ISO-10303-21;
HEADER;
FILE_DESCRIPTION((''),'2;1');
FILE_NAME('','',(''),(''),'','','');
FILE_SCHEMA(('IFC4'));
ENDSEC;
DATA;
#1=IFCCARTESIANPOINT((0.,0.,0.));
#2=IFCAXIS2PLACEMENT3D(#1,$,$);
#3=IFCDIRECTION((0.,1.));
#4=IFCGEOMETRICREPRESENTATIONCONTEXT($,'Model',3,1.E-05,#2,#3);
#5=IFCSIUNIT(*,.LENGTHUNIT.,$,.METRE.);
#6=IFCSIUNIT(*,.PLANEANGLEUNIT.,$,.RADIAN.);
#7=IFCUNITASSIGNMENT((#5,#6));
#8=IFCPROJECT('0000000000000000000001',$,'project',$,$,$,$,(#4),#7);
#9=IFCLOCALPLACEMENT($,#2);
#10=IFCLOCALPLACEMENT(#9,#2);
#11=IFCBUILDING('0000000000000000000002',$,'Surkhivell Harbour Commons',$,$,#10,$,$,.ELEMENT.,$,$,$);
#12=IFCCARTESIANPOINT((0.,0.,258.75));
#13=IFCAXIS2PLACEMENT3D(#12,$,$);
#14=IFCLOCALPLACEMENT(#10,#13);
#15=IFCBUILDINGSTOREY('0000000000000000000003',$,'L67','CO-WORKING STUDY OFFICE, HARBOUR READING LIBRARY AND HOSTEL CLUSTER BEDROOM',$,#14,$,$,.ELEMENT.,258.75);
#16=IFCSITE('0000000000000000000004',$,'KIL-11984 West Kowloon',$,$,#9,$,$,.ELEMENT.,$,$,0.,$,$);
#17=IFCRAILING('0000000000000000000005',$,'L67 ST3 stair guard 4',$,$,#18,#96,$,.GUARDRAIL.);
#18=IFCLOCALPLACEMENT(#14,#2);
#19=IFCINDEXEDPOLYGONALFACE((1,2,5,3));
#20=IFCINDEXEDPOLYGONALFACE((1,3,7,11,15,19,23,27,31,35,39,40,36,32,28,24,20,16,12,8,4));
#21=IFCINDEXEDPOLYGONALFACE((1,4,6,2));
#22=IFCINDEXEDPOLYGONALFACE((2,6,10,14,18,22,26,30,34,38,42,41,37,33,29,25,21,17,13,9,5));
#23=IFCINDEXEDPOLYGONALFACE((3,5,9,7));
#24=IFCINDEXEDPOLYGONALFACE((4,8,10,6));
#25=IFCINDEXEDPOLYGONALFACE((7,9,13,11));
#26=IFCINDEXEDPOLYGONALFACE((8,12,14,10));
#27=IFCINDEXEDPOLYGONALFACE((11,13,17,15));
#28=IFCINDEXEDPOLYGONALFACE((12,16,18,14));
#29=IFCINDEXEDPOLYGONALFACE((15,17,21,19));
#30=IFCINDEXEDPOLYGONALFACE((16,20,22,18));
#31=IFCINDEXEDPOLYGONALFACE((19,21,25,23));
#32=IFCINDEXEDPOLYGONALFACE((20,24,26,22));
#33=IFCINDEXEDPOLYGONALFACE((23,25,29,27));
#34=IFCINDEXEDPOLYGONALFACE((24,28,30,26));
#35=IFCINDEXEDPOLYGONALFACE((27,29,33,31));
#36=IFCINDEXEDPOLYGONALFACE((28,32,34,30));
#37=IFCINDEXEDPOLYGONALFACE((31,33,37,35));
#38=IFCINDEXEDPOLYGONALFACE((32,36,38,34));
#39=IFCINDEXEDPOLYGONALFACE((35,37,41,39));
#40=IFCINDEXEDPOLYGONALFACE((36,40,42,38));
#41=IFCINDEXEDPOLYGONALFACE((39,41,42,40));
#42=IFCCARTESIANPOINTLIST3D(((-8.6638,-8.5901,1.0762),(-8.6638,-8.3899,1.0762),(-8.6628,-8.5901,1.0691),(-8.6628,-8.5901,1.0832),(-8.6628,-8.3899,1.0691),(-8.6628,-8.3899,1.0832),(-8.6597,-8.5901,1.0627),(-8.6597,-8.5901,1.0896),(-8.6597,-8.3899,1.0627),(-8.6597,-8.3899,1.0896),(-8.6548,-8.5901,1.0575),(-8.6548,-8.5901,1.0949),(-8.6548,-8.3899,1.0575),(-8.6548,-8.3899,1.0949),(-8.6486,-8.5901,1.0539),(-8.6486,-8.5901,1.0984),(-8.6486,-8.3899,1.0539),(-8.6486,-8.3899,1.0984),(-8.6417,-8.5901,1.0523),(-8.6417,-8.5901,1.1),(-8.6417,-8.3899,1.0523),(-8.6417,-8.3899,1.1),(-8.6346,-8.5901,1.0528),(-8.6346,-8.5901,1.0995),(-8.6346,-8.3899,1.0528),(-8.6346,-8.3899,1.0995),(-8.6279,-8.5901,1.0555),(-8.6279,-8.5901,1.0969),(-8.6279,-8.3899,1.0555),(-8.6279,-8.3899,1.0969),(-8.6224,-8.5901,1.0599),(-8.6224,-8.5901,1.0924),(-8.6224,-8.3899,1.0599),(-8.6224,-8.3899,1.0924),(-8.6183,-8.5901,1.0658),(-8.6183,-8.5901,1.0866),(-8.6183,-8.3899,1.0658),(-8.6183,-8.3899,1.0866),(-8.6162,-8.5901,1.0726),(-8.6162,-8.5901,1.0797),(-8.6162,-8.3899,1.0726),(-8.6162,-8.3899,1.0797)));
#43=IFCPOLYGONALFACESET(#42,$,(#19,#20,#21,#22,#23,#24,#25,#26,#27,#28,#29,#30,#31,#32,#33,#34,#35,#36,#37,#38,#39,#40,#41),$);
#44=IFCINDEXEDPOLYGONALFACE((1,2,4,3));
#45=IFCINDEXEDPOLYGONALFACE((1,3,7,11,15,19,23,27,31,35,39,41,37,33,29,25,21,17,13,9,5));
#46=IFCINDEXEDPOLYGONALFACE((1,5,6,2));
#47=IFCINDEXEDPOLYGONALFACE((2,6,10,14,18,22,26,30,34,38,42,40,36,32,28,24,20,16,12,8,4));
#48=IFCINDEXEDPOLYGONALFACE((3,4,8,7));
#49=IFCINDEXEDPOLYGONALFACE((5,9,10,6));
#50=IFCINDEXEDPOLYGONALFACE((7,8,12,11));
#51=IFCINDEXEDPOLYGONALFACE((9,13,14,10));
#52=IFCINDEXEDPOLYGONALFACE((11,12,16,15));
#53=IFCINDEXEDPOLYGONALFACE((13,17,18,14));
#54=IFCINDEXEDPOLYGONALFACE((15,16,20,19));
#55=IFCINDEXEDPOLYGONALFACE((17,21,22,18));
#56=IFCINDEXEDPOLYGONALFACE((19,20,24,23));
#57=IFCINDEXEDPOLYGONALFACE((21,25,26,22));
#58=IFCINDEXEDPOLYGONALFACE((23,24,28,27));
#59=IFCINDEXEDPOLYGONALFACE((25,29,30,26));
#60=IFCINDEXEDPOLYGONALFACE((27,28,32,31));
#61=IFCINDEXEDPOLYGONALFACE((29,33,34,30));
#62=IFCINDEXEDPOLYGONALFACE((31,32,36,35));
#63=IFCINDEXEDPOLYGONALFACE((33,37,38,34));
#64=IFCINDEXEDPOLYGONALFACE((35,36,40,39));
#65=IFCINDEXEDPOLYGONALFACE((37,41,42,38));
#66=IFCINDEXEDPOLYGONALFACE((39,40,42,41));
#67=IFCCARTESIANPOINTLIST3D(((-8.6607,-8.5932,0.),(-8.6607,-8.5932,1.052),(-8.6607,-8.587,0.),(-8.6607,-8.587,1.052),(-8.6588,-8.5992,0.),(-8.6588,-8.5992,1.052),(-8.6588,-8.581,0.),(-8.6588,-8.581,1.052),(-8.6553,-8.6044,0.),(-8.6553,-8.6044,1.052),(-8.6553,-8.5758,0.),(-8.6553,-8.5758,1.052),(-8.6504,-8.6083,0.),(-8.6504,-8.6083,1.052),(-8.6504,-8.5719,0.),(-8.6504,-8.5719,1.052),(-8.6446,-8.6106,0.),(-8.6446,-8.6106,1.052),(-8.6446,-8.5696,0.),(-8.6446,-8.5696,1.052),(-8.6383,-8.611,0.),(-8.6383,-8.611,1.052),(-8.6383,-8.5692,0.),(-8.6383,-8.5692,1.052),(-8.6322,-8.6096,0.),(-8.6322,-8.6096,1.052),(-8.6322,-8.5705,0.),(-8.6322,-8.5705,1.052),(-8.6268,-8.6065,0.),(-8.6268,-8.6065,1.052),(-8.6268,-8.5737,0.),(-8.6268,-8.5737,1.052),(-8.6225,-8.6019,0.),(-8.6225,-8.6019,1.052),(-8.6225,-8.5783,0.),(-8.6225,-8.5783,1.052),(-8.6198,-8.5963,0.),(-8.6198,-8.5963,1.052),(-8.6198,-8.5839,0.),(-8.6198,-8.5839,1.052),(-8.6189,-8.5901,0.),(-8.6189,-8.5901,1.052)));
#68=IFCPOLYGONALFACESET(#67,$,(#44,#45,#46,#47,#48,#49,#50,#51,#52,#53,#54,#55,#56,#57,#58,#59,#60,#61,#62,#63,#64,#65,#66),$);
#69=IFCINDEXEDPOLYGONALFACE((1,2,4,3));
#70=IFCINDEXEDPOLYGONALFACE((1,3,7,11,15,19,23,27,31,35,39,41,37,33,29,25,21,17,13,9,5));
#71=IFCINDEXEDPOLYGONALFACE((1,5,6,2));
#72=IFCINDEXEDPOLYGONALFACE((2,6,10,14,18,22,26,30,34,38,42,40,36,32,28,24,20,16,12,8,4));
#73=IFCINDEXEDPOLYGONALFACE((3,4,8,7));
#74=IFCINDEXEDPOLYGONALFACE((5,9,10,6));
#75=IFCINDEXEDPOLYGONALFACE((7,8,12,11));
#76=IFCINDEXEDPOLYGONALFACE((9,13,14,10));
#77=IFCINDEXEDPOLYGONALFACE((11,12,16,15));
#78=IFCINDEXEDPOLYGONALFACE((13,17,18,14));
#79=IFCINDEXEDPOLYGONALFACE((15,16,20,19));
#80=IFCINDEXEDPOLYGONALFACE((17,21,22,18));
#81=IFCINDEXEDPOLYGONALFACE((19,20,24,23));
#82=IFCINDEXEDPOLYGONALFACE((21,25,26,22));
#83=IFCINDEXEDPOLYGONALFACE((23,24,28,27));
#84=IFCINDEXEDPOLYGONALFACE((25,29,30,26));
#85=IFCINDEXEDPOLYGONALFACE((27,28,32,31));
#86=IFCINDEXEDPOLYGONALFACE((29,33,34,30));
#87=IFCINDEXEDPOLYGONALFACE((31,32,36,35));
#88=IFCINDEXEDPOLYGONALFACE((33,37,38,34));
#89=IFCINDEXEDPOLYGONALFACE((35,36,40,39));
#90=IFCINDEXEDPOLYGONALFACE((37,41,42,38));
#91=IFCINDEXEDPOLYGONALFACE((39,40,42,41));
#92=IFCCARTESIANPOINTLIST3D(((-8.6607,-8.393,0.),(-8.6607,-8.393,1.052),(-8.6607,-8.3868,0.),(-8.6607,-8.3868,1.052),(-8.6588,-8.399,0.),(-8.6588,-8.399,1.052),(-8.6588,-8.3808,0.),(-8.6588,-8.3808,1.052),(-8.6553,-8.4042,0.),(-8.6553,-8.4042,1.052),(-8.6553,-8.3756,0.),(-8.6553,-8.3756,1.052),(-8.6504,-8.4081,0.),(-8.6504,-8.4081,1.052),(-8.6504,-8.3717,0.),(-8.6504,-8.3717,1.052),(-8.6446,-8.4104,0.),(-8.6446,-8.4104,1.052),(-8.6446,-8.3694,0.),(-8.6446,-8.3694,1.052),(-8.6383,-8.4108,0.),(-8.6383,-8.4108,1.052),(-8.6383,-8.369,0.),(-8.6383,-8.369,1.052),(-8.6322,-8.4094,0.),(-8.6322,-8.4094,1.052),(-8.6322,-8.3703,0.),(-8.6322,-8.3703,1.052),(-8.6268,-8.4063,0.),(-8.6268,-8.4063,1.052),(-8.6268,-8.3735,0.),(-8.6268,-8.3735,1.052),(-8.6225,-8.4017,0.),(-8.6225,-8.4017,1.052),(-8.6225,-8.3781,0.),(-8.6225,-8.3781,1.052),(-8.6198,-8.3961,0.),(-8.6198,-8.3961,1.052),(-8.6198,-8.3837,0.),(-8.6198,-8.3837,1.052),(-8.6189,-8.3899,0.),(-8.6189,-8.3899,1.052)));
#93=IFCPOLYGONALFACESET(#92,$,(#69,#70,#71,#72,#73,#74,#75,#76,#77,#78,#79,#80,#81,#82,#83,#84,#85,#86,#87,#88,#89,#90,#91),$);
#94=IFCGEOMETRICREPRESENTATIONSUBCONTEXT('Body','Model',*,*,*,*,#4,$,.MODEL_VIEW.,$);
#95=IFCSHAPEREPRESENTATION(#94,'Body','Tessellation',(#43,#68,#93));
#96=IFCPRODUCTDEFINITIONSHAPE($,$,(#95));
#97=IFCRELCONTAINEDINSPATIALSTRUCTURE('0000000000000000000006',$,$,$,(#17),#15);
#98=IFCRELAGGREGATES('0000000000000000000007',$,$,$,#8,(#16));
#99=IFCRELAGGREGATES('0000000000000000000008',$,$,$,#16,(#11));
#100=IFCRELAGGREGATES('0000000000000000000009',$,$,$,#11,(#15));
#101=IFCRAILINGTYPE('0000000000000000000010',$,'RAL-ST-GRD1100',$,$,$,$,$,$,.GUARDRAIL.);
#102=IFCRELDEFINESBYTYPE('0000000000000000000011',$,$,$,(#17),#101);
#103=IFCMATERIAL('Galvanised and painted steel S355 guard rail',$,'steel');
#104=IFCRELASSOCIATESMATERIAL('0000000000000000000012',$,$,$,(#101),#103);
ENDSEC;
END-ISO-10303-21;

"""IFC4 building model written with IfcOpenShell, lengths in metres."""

from ifc_helpers import new_model, si_unit, direction, frame, origin, origin_2d, place, context, subcontext, project, spatial, circle, extrude, material, type_object, element, save


model = new_model("IFC4")

# Units and contexts
model_context = context("Model", 3, precision=1e-05, world=origin(), true_north=direction((0.0, 1.0)))
body_context = subcontext(model_context, "Body", "Model", "MODEL_VIEW")
ifc_project = project(units=[si_unit("LENGTHUNIT", "METRE"), si_unit("PLANEANGLEUNIT", "RADIAN")], contexts=[model_context])

# Site, building, storey
site_placement = place(None, origin())
site = spatial("IfcSite", under=ifc_project, at=site_placement, Name="KIL-11984 West Kowloon", CompositionType="ELEMENT", RefElevation=0.0)
building_placement = place(site_placement, origin())
building = spatial("IfcBuilding", under=site, at=building_placement, Name="Surkhivell Harbour Commons", CompositionType="ELEMENT")
storey_placement = place(building_placement, frame((0.0, 0.0, 258.75)))
storey = spatial("IfcBuildingStorey", under=building, at=storey_placement, Name="L67", Description="CO-WORKING STUDY OFFICE, HARBOUR READING LIBRARY AND HOSTEL CLUSTER BEDROOM", CompositionType="ELEMENT", Elevation=258.75)

# Railing
ifc_material_1 = material(Name="Galvanised and painted steel S355 guard rail", Category="steel")
railing_type_1 = type_object("IfcRailingType", Name="RAL-ST-GRD1100", PredefinedType="GUARDRAIL", material=ifc_material_1)
railing_1_placement = place(storey_placement, frame((-8.6399, -8.5901, 0.0)))
element("IfcRailing", 1, at=railing_1_placement, inside=storey, type_object=railing_type_1, Name="L67 ST3 stair guard 4", PredefinedType="GUARDRAIL", context=body_context, shape_type="SweptSolid", body=[
    extrude(circle(Radius=0.0239, at=origin_2d()), frame((0.0, 0.0, 1.0762), z_axis=(0.0, 1.0, 0.0), x_axis=(-1.0, 0.0, 0.0)), (0.0, 0.0, 1.0), 0.2002),
    extrude(circle(Radius=0.021, at=origin_2d()), origin(), (0.0, 0.0, 1.0), 1.052),
    extrude(circle(Radius=0.021, at=origin_2d()), frame((0.0, 0.2002, 0.0)), (0.0, 0.0, 1.0), 1.052),
])

save(model, "model.ifc")
